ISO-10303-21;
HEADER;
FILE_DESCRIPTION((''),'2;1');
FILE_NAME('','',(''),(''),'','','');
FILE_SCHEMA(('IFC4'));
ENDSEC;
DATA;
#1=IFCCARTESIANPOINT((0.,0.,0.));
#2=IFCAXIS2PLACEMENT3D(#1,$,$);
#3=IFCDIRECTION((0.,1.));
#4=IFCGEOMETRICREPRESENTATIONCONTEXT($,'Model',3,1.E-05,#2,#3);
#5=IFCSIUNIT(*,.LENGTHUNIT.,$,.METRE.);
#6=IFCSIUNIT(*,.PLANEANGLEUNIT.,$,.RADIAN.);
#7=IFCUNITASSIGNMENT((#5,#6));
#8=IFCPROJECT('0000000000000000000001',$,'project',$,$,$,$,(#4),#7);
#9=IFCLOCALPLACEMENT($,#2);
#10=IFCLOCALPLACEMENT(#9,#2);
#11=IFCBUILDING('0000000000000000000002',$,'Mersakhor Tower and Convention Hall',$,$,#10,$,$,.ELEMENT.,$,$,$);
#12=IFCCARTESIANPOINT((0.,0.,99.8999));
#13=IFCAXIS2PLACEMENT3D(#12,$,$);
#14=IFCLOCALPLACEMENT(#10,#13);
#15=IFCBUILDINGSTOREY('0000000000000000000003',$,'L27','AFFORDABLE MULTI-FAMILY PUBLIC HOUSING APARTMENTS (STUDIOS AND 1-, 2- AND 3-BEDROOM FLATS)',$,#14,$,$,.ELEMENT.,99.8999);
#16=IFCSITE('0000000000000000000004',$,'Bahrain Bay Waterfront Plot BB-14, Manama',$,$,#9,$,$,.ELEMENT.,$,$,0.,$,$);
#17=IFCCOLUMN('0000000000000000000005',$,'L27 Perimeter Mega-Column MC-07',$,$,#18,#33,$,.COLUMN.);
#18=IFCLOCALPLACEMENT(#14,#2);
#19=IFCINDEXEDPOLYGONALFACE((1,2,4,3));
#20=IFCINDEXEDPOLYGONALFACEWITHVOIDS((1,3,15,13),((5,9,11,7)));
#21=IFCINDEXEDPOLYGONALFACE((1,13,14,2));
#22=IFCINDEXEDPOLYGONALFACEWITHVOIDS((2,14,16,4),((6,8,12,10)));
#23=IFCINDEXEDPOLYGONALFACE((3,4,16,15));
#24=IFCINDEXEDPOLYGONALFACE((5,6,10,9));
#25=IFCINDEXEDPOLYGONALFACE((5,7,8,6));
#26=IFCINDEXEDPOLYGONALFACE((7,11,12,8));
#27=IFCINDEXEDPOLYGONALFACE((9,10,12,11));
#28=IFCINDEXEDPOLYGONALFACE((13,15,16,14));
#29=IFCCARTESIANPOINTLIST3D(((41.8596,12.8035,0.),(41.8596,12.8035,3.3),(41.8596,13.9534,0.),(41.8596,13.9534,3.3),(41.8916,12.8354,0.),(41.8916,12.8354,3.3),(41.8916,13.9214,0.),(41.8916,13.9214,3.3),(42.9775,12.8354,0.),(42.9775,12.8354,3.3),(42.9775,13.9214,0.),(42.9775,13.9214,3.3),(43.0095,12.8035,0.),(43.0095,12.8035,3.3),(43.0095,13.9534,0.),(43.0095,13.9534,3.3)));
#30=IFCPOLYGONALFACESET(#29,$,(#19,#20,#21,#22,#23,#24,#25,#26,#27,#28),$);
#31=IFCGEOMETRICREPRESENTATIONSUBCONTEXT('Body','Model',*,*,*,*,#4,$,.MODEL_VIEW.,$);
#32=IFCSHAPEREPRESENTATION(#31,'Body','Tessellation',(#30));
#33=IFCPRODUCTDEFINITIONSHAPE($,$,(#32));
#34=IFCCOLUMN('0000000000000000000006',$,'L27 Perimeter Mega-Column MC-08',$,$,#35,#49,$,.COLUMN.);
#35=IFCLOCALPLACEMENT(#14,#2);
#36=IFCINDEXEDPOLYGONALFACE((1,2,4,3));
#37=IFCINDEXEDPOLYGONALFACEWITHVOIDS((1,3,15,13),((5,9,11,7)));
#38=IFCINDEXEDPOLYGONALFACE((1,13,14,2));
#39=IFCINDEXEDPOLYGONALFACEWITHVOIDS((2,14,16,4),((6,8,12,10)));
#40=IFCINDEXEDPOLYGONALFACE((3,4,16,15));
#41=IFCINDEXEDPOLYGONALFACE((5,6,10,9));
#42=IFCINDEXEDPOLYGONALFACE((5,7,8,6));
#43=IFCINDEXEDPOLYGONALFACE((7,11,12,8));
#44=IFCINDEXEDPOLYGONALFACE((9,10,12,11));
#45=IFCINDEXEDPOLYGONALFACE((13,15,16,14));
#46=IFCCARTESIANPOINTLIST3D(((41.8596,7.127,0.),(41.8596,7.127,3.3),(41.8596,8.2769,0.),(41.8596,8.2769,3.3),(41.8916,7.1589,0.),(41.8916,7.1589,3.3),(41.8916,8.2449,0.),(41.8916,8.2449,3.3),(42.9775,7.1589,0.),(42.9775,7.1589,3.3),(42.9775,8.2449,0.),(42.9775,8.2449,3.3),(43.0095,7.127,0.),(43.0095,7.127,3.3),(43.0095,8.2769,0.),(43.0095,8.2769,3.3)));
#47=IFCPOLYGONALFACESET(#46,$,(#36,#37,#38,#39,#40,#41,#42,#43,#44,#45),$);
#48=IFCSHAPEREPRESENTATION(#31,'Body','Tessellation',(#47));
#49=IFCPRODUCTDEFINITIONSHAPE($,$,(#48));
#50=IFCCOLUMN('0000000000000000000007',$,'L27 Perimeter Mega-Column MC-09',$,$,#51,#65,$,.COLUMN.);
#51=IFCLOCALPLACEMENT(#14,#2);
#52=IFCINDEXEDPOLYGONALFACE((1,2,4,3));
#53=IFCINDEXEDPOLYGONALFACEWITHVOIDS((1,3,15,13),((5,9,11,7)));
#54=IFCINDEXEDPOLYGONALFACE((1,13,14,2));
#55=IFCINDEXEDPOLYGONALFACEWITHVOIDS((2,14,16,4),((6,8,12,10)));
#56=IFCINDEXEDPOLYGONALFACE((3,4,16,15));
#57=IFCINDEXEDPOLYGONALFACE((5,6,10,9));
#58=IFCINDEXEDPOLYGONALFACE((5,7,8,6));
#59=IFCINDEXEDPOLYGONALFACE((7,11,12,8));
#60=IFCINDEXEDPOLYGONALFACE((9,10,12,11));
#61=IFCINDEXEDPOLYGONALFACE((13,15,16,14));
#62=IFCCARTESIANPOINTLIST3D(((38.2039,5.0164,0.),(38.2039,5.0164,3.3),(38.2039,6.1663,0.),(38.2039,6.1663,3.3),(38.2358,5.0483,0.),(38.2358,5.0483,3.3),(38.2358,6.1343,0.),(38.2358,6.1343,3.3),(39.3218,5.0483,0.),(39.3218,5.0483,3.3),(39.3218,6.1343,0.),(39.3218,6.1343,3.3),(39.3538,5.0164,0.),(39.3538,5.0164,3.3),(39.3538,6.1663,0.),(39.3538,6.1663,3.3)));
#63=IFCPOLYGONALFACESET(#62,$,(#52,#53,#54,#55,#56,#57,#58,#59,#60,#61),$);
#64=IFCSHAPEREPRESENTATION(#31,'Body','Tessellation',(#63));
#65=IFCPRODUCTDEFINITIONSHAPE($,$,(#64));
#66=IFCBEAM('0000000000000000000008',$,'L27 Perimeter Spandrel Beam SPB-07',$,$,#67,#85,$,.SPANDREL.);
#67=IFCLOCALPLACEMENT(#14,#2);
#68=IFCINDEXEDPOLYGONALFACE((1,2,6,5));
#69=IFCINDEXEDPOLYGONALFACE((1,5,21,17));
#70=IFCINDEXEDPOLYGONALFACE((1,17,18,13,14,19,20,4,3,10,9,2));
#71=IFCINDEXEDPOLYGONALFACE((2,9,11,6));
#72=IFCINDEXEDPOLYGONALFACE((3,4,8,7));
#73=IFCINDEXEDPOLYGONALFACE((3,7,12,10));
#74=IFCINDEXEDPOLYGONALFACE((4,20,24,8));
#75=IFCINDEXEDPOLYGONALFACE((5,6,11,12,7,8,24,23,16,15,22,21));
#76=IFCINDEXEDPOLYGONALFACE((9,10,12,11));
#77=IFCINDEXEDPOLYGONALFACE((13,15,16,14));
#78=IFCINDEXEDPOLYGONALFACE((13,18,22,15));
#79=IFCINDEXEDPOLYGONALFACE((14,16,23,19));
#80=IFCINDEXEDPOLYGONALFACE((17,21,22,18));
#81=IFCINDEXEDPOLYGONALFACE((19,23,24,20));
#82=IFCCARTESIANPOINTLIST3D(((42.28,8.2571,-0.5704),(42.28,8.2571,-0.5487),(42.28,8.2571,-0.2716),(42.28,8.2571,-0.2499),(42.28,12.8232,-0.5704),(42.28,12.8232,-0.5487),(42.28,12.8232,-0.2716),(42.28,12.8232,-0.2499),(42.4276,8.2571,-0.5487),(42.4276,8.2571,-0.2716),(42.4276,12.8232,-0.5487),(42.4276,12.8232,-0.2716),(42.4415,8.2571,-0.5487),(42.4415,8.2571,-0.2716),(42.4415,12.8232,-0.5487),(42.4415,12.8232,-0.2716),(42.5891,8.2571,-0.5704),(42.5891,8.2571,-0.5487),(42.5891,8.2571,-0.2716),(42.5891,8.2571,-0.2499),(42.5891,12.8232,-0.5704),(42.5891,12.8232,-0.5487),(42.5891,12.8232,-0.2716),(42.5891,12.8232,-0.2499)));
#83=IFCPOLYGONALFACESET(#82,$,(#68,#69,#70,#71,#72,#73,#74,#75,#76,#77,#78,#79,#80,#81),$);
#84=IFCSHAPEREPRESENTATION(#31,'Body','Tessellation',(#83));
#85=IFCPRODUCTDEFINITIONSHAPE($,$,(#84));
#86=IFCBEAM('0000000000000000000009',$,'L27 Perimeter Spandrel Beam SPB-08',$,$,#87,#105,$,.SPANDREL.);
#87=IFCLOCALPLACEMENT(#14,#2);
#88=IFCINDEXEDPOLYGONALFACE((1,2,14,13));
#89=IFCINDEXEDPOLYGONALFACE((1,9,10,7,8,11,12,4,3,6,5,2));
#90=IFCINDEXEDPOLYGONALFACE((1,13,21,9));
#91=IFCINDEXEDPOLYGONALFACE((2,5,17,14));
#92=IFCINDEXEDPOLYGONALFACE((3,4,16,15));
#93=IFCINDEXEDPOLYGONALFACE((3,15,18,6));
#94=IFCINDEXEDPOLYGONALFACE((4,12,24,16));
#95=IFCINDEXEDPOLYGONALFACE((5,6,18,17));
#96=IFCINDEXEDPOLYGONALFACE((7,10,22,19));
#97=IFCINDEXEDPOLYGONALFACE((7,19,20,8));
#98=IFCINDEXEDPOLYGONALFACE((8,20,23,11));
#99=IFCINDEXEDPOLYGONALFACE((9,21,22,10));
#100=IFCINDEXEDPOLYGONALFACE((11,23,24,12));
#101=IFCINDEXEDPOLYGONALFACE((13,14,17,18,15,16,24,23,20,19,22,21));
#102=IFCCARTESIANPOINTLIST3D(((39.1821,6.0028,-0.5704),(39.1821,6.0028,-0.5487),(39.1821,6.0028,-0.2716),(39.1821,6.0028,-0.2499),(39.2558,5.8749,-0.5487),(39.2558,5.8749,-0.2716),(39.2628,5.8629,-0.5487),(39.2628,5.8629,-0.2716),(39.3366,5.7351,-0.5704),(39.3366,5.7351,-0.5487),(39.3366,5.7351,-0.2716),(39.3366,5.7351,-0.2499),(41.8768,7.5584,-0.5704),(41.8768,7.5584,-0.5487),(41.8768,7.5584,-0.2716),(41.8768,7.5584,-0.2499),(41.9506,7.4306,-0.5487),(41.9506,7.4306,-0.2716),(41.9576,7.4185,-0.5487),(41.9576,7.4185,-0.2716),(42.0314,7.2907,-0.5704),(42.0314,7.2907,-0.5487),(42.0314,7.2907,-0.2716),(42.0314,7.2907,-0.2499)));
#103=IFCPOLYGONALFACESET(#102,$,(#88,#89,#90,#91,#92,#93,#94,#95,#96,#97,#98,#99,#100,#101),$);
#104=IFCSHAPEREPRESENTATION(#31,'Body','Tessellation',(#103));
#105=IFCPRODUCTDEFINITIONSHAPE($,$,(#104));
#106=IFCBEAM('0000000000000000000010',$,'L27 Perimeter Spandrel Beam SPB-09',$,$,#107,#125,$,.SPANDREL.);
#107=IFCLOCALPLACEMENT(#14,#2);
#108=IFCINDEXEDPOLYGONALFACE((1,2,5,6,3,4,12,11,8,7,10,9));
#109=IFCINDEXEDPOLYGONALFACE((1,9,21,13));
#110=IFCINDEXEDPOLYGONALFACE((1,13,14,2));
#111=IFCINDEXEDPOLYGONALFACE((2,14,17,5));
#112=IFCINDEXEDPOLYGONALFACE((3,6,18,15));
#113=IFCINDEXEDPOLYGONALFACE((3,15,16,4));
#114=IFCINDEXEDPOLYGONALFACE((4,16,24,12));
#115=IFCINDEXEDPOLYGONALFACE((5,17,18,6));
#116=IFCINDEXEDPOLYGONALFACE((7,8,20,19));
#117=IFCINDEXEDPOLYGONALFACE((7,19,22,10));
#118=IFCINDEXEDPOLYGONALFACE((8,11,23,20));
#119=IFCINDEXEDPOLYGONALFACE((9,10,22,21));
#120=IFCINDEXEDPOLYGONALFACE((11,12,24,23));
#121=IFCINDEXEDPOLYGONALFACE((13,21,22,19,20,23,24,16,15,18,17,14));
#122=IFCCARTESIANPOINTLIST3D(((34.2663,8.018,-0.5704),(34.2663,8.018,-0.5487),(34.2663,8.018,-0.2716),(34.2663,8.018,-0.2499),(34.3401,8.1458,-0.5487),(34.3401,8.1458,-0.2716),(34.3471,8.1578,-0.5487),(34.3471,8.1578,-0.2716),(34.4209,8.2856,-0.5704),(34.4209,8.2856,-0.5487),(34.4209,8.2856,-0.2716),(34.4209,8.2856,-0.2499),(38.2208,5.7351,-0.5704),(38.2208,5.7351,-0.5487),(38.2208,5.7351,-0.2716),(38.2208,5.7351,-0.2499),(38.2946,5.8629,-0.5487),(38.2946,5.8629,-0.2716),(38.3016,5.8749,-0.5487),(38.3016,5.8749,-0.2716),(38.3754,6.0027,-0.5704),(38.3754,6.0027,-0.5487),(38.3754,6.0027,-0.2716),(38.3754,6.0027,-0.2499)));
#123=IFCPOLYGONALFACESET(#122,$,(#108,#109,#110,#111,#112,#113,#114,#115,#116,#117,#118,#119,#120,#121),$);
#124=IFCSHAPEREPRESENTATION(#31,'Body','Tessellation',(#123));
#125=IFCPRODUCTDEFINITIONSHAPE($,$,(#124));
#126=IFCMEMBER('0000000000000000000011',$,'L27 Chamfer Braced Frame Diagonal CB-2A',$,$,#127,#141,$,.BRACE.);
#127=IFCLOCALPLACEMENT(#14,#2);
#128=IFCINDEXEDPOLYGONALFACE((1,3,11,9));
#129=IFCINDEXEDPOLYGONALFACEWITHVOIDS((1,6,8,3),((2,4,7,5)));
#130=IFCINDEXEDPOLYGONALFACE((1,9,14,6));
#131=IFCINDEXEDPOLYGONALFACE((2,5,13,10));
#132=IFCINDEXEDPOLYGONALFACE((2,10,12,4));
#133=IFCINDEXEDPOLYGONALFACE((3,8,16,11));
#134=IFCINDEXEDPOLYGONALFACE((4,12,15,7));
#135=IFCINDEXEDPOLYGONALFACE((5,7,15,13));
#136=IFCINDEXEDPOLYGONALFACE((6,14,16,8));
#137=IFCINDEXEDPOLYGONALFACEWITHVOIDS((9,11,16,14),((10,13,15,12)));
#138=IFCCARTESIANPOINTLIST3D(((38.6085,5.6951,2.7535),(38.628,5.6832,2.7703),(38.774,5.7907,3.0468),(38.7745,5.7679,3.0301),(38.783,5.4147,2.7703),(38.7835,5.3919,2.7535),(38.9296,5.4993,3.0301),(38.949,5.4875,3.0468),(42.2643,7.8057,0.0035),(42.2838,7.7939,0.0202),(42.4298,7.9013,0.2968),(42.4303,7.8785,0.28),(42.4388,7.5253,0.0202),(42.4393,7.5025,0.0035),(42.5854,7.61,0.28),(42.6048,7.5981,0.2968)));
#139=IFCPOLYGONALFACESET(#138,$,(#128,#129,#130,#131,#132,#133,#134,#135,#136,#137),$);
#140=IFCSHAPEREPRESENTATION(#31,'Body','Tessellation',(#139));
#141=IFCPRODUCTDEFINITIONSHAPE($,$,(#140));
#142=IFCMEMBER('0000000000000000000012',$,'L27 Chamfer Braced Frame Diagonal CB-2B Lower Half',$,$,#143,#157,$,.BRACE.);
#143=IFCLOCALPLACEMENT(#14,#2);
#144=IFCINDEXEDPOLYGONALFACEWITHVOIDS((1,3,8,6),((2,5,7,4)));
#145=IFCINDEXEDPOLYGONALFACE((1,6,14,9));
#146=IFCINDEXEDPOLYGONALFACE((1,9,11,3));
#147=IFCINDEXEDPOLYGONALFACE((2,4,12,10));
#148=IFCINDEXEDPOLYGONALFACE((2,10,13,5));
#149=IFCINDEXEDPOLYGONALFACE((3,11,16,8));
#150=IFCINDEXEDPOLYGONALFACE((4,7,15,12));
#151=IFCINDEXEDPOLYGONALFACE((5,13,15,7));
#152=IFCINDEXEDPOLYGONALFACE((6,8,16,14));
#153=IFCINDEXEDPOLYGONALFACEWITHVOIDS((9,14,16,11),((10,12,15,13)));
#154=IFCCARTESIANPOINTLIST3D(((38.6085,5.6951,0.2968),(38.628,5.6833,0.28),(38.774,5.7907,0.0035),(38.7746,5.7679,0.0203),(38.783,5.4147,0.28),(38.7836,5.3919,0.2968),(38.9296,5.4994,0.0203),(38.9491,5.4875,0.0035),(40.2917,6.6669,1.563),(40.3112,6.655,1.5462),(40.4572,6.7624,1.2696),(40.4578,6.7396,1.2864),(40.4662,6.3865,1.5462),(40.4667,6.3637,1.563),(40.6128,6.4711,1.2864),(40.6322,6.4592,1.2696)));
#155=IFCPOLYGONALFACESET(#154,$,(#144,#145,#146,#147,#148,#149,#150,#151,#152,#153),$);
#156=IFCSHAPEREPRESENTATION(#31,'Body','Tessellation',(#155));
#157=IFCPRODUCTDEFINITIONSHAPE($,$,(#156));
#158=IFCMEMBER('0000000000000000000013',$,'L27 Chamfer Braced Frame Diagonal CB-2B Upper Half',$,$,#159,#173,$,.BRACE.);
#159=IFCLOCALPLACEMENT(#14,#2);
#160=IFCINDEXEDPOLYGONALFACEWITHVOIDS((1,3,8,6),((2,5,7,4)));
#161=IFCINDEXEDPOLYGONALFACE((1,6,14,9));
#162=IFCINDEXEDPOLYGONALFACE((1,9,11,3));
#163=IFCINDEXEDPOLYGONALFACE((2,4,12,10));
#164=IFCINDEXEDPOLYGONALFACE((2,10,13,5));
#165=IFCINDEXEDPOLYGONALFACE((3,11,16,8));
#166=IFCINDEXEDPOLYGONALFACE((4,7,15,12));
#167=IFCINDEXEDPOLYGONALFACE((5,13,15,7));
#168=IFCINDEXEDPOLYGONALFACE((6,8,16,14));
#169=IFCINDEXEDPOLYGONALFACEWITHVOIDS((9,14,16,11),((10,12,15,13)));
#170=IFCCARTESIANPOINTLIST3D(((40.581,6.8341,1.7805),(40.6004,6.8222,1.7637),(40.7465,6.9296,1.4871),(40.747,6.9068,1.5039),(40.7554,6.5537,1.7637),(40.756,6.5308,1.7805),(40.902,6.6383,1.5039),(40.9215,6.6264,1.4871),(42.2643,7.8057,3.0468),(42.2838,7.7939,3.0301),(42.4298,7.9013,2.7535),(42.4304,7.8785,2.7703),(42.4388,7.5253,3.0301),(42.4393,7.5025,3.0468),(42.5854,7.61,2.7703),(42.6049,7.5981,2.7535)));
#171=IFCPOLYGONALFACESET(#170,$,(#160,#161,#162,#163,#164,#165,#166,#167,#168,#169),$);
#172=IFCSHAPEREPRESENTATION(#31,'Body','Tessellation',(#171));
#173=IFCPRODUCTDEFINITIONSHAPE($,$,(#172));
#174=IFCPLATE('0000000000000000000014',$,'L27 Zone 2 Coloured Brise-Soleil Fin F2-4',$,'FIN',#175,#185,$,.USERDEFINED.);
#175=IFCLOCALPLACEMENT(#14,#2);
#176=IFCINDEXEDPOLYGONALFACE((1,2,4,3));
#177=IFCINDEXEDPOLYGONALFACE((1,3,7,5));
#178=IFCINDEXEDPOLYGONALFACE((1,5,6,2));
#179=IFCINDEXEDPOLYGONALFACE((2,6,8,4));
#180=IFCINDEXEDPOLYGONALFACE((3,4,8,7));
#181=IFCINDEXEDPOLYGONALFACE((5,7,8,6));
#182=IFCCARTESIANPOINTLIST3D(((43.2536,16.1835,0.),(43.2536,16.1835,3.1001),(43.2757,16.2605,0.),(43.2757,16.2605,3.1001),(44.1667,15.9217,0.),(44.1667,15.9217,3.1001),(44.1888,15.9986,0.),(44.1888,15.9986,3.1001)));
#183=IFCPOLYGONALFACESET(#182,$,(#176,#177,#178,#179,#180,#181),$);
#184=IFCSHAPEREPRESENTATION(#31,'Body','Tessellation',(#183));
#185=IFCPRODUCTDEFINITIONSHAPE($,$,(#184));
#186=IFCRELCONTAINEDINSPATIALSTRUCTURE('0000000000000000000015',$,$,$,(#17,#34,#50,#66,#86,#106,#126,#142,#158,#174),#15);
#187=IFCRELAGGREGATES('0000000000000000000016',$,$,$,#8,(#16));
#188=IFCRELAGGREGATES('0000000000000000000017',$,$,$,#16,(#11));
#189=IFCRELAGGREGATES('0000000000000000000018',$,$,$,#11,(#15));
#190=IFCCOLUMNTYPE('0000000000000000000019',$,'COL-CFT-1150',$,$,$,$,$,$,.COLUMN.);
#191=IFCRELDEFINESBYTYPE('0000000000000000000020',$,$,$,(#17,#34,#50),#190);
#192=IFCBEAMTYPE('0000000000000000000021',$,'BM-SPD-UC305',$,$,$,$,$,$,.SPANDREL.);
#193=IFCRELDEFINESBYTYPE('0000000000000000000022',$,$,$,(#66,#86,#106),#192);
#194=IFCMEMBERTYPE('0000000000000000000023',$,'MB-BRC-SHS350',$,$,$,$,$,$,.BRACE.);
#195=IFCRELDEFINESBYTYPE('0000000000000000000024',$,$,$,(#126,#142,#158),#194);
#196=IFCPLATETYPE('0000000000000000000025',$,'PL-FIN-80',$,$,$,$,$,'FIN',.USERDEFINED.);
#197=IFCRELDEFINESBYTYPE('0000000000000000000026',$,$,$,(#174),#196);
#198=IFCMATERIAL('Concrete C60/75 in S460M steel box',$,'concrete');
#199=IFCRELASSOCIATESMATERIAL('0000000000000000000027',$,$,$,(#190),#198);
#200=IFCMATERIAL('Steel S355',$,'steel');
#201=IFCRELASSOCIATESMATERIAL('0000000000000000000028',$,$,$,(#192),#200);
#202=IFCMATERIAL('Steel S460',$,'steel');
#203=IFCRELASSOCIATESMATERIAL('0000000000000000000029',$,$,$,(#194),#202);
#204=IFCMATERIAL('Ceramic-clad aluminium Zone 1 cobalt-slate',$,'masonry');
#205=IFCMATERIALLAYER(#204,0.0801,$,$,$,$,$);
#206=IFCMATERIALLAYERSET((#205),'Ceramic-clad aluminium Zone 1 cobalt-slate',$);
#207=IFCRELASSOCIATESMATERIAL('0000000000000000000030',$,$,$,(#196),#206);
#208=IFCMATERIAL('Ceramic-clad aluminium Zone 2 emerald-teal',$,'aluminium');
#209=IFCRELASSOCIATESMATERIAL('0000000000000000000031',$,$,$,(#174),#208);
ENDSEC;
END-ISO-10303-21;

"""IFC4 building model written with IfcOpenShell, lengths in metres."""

from ifc_helpers import new_model, si_unit, direction, frame, origin, origin_2d, place, context, subcontext, project, spatial, rectangle, hollow_rectangle, i_section, extrude, material, layer, layer_set, material_profile, profile_set, type_object, element, save


model = new_model("IFC4")

# Units and contexts
model_context = context("Model", 3, precision=1e-05, world=origin(), true_north=direction((0.0, 1.0)))
body_context = subcontext(model_context, "Body", "Model", "MODEL_VIEW")
ifc_project = project(units=[si_unit("LENGTHUNIT", "METRE"), si_unit("PLANEANGLEUNIT", "RADIAN")], contexts=[model_context])

# Site, building, storey
site_placement = place(None, origin())
site = spatial("IfcSite", under=ifc_project, at=site_placement, Name="Bahrain Bay Waterfront Plot BB-14, Manama", CompositionType="ELEMENT", RefElevation=0.0)
building_placement = place(site_placement, origin())
building = spatial("IfcBuilding", under=site, at=building_placement, Name="Mersakhor Tower and Convention Hall", CompositionType="ELEMENT")
storey_placement = place(building_placement, frame((0.0, 0.0, 99.8999)))
storey = spatial("IfcBuildingStorey", under=building, at=storey_placement, Name="L27", Description="AFFORDABLE MULTI-FAMILY PUBLIC HOUSING APARTMENTS (STUDIOS AND 1-, 2- AND 3-BEDROOM FLATS)", CompositionType="ELEMENT", Elevation=99.8999)

# Columns
ifc_material_1 = material(Name="Concrete C60/75 in S460M steel box", Category="concrete")
ifc_material_profile_1 = material_profile(ifc_material_1, hollow_rectangle(XDim=1.1499, YDim=1.1499, WallThickness=0.032, at=origin_2d()), Name="SHS 1150x1150x32")
ifc_profile_set_1 = profile_set([ifc_material_profile_1], Name="Concrete C60/75 in S460M steel box")
column_type = type_object("IfcColumnType", Name="COL-CFT-1150", PredefinedType="COLUMN", material=ifc_profile_set_1)
for number, where, z_axis, x_axis, name in (
    (1, (42.4346, 13.3784, 0.0), (0.0, 0.0, 1.0), (1.0, 0.0, 0.0), "L27 Perimeter Mega-Column MC-07"),
    (2, (42.4346, 7.7019, 0.0), (0.0, 0.0, 1.0), (1.0, 0.0, 0.0), "L27 Perimeter Mega-Column MC-08"),
    (3, (38.7788, 5.5913, 0.0), (0.0, 0.0, 1.0), (1.0, 0.0, 0.0), "L27 Perimeter Mega-Column MC-09"),
):
    element("IfcColumn", number, at=place(storey_placement, frame(where, z_axis=z_axis, x_axis=x_axis)), inside=storey, type_object=column_type, Name=name, PredefinedType="COLUMN", context=body_context, shape_type="SweptSolid", body=[
        extrude(hollow_rectangle(XDim=1.1499, YDim=1.1499, WallThickness=0.032, at=origin_2d()), origin(), (0.0, 0.0, 1.0), 3.3),
    ])

# Beams
ifc_material_2 = material(Name="Steel S355", Category="steel")
ifc_material_profile_2 = material_profile(ifc_material_2, i_section(OverallWidth=0.3091, OverallDepth=0.3206, WebThickness=0.0139, FlangeThickness=0.0217, at=origin_2d()), Name="UC 305x305x137")
ifc_profile_set_2 = profile_set([ifc_material_profile_2], Name="Steel S355")
beam_type = type_object("IfcBeamType", Name="BM-SPD-UC305", PredefinedType="SPANDREL", material=ifc_profile_set_2)
beam_1_placement = place(storey_placement, frame((42.4346, 12.8232, -0.4102), z_axis=(0.0, -1.0, 0.0), x_axis=(1.0, 0.0, 0.0)))
element("IfcBeam", 4, at=beam_1_placement, inside=storey, type_object=beam_type, Name="L27 Perimeter Spandrel Beam SPB-07", PredefinedType="SPANDREL", context=body_context, shape_type="SweptSolid", body=[
    extrude(i_section(OverallWidth=0.3091, OverallDepth=0.3206, WebThickness=0.0139, FlangeThickness=0.0217, at=origin_2d()), origin(), (0.0, 0.0, 1.0), 4.5662),
])
beam_2_placement = place(storey_placement, frame((41.9541, 7.4246, -0.4102), z_axis=(-0.866052, -0.499953, 0.0), x_axis=(0.499953, -0.866052, 0.0)))
element("IfcBeam", 5, at=beam_2_placement, inside=storey, type_object=beam_type, Name="L27 Perimeter Spandrel Beam SPB-08", PredefinedType="SPANDREL", context=body_context, shape_type="SweptSolid", body=[
    extrude(i_section(OverallWidth=0.3091, OverallDepth=0.3206, WebThickness=0.0139, FlangeThickness=0.0217, at=origin_2d()), origin(), (0.0, 0.0, 1.0), 3.1116),
])
beam_3_placement = place(storey_placement, frame((38.2981, 5.8689, -0.4102), z_axis=(-0.866047, 0.499963, 0.0), x_axis=(-0.499963, -0.866047, 0.0)))
element("IfcBeam", 6, at=beam_3_placement, inside=storey, type_object=beam_type, Name="L27 Perimeter Spandrel Beam SPB-09", PredefinedType="SPANDREL", context=body_context, shape_type="SweptSolid", body=[
    extrude(i_section(OverallWidth=0.3091, OverallDepth=0.3206, WebThickness=0.0139, FlangeThickness=0.0217, at=origin_2d()), origin(), (0.0, 0.0, 1.0), 4.5662),
])

# Members
ifc_material_3 = material(Name="Steel S460", Category="steel")
ifc_material_profile_3 = material_profile(ifc_material_3, hollow_rectangle(XDim=0.3501, YDim=0.3501, WallThickness=0.02, at=origin_2d()), Name="SHS 350x350x20")
ifc_profile_set_3 = profile_set([ifc_material_profile_3], Name="Steel S460")
member_type = type_object("IfcMemberType", Name="MB-BRC-SHS350", PredefinedType="BRACE", material=ifc_profile_set_3)
member_1_placement = place(storey_placement, frame((42.4346, 7.7019, 0.1501), z_axis=(-0.725634, -0.418933, 0.545849), x_axis=(0.499989, -0.866031, 0.0)))
element("IfcMember", 7, at=member_1_placement, inside=storey, type_object=member_type, Name="L27 Chamfer Braced Frame Diagonal CB-2A", PredefinedType="BRACE", context=body_context, shape_type="SweptSolid", body=[
    extrude(hollow_rectangle(XDim=0.3501, YDim=0.3501, WallThickness=0.02, at=origin_2d()), origin(), (0.0, 0.0, 1.0), 5.0381),
])
member_2_placement = place(storey_placement, frame((38.7788, 5.5913, 0.1501), z_axis=(0.725635, 0.418919, 0.545858), x_axis=(-0.499976, 0.866039, 0.0)))
element("IfcMember", 8, at=member_2_placement, inside=storey, type_object=member_type, Name="L27 Chamfer Braced Frame Diagonal CB-2B Lower Half", PredefinedType="BRACE", context=body_context, shape_type="SweptSolid", body=[
    extrude(hollow_rectangle(XDim=0.3501, YDim=0.3501, WallThickness=0.02, at=origin_2d()), origin(), (0.0, 0.0, 1.0), 2.3196),
])
member_3_placement = place(storey_placement, frame((40.7512, 6.7302, 1.6338), z_axis=(0.725643, 0.418863, 0.54589), x_axis=(-0.499922, 0.866071, 0.0)))
element("IfcMember", 9, at=member_3_placement, inside=storey, type_object=member_type, Name="L27 Chamfer Braced Frame Diagonal CB-2B Upper Half", PredefinedType="BRACE", context=body_context, shape_type="SweptSolid", body=[
    extrude(hollow_rectangle(XDim=0.3501, YDim=0.3501, WallThickness=0.02, at=origin_2d()), origin(), (0.0, 0.0, 1.0), 2.3198),
])

# Plate
ifc_material_4 = material(Name="Ceramic-clad aluminium Zone 2 emerald-teal", Category="aluminium")
ifc_material_5 = material(Name="Ceramic-clad aluminium Zone 1 cobalt-slate", Category="masonry")
ifc_layer_1 = layer(ifc_material_5, 0.0801)
ifc_layer_set_1 = layer_set([ifc_layer_1], Name="Ceramic-clad aluminium Zone 1 cobalt-slate")
plate_type_1 = type_object("IfcPlateType", Name="PL-FIN-80", ElementType="FIN", PredefinedType="USERDEFINED", material=ifc_layer_set_1)
plate_1_placement = place(storey_placement, frame((43.7212, 16.0911, 0.0), z_axis=(0.0, 0.0, 1.0), x_axis=(0.961262, -0.275637, 0.0)))
element("IfcPlate", 10, at=plate_1_placement, inside=storey, type_object=plate_type_1, material=ifc_material_4, Name="L27 Zone 2 Coloured Brise-Soleil Fin F2-4", ObjectType="FIN", PredefinedType="USERDEFINED", context=body_context, shape_type="SweptSolid", body=[
    extrude(rectangle(XDim=0.95, YDim=0.0801, at=origin_2d()), origin(), (0.0, 0.0, 1.0), 3.1001),
])

save(model, "model.ifc")
